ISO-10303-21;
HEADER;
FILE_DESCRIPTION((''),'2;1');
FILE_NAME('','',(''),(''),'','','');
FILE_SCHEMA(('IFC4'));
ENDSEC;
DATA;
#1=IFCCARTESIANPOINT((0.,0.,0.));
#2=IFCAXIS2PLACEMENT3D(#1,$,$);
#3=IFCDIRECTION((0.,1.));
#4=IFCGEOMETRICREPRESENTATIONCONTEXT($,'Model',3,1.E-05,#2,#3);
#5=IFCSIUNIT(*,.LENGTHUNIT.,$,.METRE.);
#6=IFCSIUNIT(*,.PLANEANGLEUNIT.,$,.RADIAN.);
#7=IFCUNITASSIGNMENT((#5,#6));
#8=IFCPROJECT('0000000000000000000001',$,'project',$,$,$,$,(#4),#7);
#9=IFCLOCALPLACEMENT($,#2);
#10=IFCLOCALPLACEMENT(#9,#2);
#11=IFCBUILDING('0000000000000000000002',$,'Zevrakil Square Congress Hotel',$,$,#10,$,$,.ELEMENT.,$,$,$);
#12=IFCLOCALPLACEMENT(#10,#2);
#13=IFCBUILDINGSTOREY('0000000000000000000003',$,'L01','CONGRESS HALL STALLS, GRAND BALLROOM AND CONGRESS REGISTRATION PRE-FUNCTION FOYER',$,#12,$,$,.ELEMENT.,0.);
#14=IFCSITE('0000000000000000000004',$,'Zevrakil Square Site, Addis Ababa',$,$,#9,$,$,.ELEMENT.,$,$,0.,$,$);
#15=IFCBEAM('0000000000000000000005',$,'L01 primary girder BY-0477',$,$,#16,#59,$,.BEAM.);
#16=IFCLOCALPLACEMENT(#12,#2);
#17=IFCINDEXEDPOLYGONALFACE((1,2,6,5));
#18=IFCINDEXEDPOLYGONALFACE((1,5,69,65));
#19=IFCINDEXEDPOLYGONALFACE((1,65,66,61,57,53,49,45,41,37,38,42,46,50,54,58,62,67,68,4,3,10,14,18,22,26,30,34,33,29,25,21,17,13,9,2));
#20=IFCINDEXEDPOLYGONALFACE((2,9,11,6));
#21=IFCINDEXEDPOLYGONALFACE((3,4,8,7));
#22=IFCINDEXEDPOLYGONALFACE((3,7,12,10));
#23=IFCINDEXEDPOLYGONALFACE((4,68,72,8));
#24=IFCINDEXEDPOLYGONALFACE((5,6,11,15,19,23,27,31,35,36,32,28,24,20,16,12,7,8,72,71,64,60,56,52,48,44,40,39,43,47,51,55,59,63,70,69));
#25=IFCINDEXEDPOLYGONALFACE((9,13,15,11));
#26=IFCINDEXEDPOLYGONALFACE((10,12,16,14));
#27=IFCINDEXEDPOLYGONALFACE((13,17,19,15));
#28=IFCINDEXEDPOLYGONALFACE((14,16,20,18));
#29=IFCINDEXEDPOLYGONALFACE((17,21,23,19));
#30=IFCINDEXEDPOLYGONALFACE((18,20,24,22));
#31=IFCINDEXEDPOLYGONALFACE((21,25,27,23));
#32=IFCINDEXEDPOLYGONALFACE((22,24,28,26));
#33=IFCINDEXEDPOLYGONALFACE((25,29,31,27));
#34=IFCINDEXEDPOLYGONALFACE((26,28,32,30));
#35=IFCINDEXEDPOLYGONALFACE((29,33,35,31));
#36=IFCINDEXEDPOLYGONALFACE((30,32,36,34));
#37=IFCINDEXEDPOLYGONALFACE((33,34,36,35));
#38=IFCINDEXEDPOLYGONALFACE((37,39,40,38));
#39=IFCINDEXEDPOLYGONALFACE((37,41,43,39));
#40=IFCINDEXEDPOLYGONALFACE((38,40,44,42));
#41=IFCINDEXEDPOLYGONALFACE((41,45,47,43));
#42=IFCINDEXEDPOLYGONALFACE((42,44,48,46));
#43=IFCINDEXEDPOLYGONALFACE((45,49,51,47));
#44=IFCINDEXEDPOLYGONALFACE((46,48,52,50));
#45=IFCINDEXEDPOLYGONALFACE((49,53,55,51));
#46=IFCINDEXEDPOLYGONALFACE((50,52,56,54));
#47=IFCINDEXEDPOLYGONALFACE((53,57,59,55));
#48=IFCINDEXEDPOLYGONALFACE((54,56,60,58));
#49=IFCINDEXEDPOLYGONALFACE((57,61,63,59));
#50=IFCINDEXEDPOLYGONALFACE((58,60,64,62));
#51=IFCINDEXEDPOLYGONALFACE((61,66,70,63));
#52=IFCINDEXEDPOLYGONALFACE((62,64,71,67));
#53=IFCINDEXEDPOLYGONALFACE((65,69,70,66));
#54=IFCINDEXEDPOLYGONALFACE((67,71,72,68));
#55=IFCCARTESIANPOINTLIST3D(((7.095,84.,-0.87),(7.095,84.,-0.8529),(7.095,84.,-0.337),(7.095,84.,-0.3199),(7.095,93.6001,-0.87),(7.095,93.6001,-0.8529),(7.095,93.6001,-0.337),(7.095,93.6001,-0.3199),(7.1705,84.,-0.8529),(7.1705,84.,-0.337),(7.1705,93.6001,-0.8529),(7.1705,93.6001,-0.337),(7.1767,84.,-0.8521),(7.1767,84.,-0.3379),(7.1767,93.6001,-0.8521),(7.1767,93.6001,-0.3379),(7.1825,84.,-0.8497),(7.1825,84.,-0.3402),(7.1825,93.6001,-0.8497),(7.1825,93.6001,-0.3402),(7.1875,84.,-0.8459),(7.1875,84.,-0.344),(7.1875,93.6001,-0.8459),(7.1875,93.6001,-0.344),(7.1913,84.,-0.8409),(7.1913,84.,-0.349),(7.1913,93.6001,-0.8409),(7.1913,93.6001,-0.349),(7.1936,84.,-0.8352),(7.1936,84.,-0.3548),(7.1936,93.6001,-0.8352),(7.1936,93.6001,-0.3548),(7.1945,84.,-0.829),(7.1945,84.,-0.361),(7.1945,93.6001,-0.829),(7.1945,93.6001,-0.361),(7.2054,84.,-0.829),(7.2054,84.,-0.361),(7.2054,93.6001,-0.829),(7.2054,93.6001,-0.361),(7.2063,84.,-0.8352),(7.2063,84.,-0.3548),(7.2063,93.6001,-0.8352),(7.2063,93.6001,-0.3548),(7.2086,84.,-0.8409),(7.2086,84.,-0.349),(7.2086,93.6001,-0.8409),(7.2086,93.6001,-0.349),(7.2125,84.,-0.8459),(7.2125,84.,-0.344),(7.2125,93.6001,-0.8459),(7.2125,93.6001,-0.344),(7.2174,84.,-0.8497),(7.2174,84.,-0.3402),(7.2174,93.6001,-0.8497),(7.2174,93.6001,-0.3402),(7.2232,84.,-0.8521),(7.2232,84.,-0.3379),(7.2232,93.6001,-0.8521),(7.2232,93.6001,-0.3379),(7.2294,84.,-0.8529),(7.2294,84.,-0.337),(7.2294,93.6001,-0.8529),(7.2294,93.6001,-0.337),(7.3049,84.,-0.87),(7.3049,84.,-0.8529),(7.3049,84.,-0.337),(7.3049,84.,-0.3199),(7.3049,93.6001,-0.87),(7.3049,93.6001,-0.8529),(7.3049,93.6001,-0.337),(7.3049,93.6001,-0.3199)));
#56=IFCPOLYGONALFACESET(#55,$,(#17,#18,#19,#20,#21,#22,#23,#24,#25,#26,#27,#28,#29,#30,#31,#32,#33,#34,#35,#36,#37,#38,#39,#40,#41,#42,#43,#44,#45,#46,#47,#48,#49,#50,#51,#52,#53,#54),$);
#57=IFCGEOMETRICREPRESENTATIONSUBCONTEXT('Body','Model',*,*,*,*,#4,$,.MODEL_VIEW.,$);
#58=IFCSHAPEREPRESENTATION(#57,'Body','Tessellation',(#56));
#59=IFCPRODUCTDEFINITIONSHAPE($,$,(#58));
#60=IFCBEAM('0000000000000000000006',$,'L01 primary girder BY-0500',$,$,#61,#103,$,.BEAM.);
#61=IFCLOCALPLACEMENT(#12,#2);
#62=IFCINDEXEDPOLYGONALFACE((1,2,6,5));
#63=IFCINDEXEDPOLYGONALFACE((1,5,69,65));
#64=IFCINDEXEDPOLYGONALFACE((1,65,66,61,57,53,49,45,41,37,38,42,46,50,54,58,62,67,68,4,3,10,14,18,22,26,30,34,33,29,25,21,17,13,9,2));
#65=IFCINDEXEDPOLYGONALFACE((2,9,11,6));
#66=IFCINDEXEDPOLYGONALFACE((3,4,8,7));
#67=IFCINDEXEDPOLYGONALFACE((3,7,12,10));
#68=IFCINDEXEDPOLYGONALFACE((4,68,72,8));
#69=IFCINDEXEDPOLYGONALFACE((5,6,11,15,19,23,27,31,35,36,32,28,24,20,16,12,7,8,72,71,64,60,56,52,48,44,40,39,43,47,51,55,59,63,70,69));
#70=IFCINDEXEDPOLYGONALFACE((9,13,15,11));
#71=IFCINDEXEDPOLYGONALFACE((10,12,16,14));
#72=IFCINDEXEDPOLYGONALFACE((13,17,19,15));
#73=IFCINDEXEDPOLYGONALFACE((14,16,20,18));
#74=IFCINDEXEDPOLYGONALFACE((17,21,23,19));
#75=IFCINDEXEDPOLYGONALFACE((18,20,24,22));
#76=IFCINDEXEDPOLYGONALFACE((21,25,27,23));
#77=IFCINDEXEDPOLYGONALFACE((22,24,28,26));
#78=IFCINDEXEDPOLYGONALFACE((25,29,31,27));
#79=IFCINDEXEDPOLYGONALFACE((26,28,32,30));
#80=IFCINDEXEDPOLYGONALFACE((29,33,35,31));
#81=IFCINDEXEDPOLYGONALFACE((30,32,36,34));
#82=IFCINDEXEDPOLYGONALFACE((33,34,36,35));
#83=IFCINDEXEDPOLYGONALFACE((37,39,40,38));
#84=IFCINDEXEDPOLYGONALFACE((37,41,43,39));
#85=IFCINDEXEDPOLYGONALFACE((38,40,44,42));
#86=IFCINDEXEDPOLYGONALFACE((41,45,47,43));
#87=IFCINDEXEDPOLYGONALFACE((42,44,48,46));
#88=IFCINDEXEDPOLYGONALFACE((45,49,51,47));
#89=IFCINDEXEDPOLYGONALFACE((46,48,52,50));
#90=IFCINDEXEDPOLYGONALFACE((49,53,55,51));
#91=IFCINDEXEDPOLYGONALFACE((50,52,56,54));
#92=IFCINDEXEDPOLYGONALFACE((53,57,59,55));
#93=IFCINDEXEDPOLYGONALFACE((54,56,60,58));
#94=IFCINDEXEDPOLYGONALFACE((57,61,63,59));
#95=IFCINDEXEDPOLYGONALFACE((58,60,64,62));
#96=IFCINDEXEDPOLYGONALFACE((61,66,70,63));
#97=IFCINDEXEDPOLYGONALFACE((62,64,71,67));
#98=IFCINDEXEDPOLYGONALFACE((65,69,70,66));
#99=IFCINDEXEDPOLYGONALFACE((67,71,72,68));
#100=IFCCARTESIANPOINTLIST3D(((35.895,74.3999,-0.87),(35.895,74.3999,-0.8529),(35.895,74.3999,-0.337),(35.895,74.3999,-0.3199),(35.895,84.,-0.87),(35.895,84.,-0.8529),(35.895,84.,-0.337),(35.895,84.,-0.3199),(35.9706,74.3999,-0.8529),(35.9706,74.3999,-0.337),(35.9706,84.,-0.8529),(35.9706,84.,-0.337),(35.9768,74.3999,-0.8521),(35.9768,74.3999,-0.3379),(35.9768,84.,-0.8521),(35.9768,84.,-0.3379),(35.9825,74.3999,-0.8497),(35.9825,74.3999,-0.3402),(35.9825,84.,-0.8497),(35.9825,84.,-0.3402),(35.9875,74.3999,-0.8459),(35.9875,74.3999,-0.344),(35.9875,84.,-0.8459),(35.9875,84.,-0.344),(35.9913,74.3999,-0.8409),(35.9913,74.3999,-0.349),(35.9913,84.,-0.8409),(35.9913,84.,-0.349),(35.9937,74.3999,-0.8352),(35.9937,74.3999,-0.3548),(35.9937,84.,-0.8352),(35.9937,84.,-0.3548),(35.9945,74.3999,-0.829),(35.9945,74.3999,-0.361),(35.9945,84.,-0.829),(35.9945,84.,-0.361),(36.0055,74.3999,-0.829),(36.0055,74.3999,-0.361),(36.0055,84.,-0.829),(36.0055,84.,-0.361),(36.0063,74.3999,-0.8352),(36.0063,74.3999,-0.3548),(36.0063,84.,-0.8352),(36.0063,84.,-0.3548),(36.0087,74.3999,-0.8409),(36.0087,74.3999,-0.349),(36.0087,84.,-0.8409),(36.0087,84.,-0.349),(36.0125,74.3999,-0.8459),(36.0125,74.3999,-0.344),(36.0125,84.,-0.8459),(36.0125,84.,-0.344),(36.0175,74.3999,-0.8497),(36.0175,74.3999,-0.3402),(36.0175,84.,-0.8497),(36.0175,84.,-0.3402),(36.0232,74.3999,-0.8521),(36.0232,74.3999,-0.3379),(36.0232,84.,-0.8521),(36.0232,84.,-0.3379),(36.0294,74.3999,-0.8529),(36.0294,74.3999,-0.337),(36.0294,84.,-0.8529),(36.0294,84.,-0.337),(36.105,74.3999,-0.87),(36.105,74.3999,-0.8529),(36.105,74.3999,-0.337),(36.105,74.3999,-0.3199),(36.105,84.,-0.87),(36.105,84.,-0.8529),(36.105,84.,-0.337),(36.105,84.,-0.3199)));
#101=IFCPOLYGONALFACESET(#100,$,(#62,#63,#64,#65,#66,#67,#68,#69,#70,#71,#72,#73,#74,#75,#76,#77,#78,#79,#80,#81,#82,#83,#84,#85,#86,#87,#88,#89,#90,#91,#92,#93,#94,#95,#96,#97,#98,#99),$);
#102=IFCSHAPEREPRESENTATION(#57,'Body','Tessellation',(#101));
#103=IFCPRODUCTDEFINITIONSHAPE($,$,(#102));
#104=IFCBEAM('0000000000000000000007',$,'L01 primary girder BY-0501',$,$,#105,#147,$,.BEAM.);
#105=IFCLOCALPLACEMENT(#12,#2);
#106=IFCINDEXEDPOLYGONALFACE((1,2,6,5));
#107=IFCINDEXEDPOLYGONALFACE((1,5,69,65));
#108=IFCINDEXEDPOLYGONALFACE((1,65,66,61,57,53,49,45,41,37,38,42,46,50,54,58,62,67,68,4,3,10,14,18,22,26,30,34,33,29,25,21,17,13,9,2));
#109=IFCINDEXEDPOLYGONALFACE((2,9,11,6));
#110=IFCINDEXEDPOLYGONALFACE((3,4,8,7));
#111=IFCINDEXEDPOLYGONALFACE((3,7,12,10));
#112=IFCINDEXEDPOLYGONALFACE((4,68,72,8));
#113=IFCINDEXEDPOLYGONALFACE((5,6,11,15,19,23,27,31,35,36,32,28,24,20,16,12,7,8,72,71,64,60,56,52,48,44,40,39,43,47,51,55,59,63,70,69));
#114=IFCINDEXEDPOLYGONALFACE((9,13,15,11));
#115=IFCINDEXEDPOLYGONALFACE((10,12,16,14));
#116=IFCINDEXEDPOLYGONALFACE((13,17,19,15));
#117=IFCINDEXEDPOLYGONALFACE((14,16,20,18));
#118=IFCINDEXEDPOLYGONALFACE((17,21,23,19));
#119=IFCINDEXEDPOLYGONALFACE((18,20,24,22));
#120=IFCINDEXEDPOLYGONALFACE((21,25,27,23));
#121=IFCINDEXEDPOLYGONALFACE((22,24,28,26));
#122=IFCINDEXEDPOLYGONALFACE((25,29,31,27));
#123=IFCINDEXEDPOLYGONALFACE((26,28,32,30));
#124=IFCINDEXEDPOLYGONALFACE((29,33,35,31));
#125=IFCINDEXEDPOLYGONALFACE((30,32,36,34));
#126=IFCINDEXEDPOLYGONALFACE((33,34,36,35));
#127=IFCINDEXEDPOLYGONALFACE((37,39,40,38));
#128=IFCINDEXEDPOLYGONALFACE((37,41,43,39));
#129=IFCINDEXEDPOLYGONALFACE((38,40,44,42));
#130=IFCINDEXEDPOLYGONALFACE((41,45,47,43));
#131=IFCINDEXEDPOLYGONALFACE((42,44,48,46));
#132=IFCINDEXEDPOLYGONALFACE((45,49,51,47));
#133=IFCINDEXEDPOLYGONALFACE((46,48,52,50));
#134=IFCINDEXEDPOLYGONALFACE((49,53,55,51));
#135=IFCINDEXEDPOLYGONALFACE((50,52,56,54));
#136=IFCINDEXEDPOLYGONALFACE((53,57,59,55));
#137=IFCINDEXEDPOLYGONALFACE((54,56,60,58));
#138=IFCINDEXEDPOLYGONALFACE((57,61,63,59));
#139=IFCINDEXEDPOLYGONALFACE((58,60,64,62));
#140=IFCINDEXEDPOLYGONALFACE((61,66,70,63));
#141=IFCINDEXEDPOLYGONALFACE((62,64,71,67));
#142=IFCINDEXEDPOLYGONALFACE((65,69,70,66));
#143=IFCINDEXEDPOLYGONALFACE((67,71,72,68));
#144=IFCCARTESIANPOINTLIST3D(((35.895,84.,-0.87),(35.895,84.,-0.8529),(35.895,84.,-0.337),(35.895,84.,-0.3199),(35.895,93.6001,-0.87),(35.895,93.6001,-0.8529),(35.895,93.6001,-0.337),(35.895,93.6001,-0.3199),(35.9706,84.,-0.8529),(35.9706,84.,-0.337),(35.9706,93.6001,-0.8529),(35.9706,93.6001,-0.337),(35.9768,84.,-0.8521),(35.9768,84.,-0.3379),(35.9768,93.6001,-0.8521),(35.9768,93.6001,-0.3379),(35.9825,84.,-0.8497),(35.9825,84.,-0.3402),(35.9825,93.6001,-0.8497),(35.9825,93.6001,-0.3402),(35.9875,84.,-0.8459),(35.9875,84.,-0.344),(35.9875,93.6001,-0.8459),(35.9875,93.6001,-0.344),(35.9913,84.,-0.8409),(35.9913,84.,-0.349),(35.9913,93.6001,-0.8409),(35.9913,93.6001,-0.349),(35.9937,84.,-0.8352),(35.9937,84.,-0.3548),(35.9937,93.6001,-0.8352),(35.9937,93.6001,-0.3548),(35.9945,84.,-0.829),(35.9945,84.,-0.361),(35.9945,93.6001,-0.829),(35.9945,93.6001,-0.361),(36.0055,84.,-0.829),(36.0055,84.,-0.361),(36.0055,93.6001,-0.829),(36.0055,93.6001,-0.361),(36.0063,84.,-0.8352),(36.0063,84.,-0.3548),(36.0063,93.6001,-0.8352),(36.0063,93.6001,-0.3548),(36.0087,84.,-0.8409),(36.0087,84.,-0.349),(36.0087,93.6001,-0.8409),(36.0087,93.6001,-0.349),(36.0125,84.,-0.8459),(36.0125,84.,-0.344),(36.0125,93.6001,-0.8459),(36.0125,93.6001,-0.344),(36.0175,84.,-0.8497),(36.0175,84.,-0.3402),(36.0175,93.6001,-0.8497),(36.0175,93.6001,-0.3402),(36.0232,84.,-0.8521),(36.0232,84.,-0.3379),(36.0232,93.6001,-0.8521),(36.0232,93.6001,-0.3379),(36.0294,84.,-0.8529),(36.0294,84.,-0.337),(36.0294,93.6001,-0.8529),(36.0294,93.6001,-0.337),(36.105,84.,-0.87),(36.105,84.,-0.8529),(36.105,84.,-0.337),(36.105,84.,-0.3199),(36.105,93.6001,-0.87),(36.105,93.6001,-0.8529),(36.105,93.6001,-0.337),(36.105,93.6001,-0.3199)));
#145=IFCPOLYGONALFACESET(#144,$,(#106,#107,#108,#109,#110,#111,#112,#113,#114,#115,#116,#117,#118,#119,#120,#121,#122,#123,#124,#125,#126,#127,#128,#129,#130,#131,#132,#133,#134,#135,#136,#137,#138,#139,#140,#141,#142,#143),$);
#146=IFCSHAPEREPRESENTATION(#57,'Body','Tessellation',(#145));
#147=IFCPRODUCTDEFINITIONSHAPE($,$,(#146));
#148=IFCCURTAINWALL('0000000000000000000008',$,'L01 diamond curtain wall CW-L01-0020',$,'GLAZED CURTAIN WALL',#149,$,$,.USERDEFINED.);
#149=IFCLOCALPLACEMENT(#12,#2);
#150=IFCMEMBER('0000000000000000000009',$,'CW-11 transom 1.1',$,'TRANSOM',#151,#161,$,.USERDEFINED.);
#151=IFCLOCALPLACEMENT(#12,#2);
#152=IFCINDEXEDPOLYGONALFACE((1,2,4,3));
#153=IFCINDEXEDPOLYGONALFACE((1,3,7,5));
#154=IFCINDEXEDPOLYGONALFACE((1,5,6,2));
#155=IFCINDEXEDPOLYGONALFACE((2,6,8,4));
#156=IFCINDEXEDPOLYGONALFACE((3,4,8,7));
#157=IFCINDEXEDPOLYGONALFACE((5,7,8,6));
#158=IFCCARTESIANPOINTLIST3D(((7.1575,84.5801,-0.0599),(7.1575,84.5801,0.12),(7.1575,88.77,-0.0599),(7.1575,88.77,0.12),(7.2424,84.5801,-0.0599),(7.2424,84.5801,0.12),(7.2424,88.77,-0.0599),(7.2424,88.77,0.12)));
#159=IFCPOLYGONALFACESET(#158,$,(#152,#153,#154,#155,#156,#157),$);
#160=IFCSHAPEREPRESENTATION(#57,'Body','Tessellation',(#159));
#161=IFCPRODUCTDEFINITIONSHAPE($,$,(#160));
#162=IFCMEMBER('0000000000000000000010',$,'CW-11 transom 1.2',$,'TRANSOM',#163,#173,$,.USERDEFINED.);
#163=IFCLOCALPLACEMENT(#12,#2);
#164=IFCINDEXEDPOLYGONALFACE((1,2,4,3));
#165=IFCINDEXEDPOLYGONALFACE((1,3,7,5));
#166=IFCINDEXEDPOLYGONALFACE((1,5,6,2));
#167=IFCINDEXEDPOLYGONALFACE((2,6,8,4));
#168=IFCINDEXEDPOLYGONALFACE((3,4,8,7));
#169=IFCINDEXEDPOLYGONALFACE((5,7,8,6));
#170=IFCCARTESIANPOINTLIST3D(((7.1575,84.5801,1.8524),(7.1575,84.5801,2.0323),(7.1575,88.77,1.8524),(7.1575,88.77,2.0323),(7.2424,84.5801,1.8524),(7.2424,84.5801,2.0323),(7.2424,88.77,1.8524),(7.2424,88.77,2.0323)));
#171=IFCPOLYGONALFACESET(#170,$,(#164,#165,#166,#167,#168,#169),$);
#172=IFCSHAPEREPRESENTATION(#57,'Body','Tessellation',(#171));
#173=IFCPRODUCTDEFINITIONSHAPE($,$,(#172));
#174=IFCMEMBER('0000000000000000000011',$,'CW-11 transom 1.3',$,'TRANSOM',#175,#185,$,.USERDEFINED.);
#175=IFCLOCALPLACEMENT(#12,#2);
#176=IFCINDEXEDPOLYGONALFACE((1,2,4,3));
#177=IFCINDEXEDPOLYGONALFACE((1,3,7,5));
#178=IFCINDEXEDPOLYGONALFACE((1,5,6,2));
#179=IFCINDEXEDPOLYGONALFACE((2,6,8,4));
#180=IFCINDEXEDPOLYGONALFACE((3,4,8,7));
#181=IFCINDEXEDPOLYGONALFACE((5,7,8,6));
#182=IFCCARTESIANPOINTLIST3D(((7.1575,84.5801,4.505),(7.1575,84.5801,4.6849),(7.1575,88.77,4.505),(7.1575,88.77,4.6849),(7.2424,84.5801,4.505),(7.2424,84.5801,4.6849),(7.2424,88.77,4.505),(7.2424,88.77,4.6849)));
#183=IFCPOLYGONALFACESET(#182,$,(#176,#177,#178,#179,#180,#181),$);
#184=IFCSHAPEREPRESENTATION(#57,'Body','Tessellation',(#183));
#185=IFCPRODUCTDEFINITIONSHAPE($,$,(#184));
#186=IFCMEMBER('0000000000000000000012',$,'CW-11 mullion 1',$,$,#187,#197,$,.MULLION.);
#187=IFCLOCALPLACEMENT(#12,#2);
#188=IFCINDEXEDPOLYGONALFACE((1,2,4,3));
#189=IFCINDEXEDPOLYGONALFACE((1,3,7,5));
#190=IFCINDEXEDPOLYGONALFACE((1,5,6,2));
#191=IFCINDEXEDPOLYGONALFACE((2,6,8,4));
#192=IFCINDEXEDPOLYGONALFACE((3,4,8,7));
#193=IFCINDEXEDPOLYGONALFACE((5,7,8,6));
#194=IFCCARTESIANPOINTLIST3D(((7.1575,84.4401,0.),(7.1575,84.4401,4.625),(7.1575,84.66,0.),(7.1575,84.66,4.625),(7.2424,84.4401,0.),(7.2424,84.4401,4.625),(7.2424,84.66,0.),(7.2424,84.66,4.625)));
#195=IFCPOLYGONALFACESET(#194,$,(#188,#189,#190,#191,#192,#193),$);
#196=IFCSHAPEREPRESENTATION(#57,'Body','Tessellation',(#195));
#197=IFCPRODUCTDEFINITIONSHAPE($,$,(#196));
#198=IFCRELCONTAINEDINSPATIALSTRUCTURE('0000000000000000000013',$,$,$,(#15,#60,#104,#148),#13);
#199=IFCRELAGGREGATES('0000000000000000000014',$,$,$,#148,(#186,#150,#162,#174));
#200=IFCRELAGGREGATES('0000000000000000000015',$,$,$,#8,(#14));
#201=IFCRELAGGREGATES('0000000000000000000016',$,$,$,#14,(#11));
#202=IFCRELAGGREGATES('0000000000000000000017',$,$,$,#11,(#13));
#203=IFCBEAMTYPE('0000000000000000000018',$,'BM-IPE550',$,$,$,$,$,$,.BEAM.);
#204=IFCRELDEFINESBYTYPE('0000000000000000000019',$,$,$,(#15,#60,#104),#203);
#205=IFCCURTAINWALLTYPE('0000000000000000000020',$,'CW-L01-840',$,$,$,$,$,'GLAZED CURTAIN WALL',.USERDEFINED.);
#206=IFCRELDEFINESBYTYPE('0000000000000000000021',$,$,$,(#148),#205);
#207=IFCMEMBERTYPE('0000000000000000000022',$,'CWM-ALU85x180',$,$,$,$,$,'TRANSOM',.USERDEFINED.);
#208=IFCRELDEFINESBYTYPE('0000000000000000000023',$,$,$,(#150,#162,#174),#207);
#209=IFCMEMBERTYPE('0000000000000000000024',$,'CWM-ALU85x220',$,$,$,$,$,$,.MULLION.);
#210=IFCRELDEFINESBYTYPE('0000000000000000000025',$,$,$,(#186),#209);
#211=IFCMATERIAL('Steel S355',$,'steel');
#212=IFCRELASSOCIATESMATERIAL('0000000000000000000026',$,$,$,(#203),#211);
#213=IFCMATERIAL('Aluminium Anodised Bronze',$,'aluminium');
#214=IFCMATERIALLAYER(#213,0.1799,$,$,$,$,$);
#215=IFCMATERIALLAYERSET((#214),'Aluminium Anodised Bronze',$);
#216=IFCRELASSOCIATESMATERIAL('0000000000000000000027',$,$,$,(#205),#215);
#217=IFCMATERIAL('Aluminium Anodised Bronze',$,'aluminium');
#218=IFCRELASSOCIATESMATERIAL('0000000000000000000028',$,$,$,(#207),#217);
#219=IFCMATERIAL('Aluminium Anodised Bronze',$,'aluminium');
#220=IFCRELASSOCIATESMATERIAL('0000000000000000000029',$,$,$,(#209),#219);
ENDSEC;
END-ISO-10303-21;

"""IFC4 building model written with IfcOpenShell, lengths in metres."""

from ifc_helpers import new_model, si_unit, direction, frame, origin, origin_2d, place, context, subcontext, project, spatial, rectangle, i_section, extrude, material, layer, layer_set, material_profile, profile_set, type_object, element, aggregate, save


model = new_model("IFC4")

# Units and contexts
model_context = context("Model", 3, precision=1e-05, world=origin(), true_north=direction((0.0, 1.0)))
body_context = subcontext(model_context, "Body", "Model", "MODEL_VIEW")
ifc_project = project(units=[si_unit("LENGTHUNIT", "METRE"), si_unit("PLANEANGLEUNIT", "RADIAN")], contexts=[model_context])

# Site, building, storey
site_placement = place(None, origin())
site = spatial("IfcSite", under=ifc_project, at=site_placement, Name="Zevrakil Square Site, Addis Ababa", CompositionType="ELEMENT", RefElevation=0.0)
building_placement = place(site_placement, origin())
building = spatial("IfcBuilding", under=site, at=building_placement, Name="Zevrakil Square Congress Hotel", CompositionType="ELEMENT")
storey_placement = place(building_placement, origin())
storey = spatial("IfcBuildingStorey", under=building, at=storey_placement, Name="L01", Description="CONGRESS HALL STALLS, GRAND BALLROOM AND CONGRESS REGISTRATION PRE-FUNCTION FOYER", CompositionType="ELEMENT", Elevation=0.0)

# Beams
ifc_material_1 = material(Name="Steel S355", Category="steel")
ifc_material_profile_1 = material_profile(ifc_material_1, i_section(OverallWidth=0.21, OverallDepth=0.55, WebThickness=0.011, FlangeThickness=0.0171, FilletRadius=0.0239, at=origin_2d()), Name="IPE 550")
ifc_profile_set_1 = profile_set([ifc_material_profile_1], Name="Steel S355")
beam_type_1 = type_object("IfcBeamType", Name="BM-IPE550", PredefinedType="BEAM", material=ifc_profile_set_1)
for number, where, z_axis, x_axis, name in (
    (1, (7.2, 84.0, -0.595), (0.0, 1.0, 0.0), (-1.0, 0.0, 0.0), "L01 primary girder BY-0477"),
    (2, (36.0, 74.3999, -0.595), (0.0, 1.0, 0.0), (-1.0, 0.0, 0.0), "L01 primary girder BY-0500"),
    (3, (36.0, 84.0, -0.595), (0.0, 1.0, 0.0), (-1.0, 0.0, 0.0), "L01 primary girder BY-0501"),
):
    element("IfcBeam", number, at=place(storey_placement, frame(where, z_axis=z_axis, x_axis=x_axis)), inside=storey, type_object=beam_type_1, Name=name, PredefinedType="BEAM", context=body_context, shape_type="SweptSolid", body=[
        extrude(i_section(OverallWidth=0.21, OverallDepth=0.55, WebThickness=0.011, FlangeThickness=0.0171, FilletRadius=0.0239, at=origin_2d()), origin(), (0.0, 0.0, 1.0), 9.6001),
    ])

# Curtain wall, members
ifc_material_2 = material(Name="Aluminium Anodised Bronze", Category="aluminium")
ifc_layer_1 = layer(ifc_material_2, 0.1799)
ifc_layer_set_1 = layer_set([ifc_layer_1], Name="Aluminium Anodised Bronze")
curtain_wall_type = type_object("IfcCurtainWallType", Name="CW-L01-840", ElementType="GLAZED CURTAIN WALL", PredefinedType="USERDEFINED", material=ifc_layer_set_1)
curtain_wall_placement = place(storey_placement, origin())
curtain_wall = element("IfcCurtainWall", 4, at=curtain_wall_placement, inside=storey, type_object=curtain_wall_type, Name="L01 diamond curtain wall CW-L01-0020", ObjectType="GLAZED CURTAIN WALL", PredefinedType="USERDEFINED")
ifc_material_3 = material(Name="Aluminium Anodised Bronze", Category="aluminium")
ifc_material_profile_2 = material_profile(ifc_material_3, rectangle(XDim=0.085, YDim=0.1799, at=origin_2d()), Name="ALU 85x180")
ifc_profile_set_2 = profile_set([ifc_material_profile_2], Name="Aluminium Anodised Bronze")
member_type_1 = type_object("IfcMemberType", Name="CWM-ALU85x180", ElementType="TRANSOM", PredefinedType="USERDEFINED", material=ifc_profile_set_2)
member_1_placement = place(storey_placement, frame((7.2, 84.5801, 0.03), z_axis=(0.0, 1.0, 0.0), x_axis=(-1.0, 0.0, 0.0)))
member_1 = element("IfcMember", 5, at=member_1_placement, type_object=member_type_1, Name="CW-11 transom 1.1", ObjectType="TRANSOM", PredefinedType="USERDEFINED", context=body_context, shape_type="SweptSolid", body=[
    extrude(rectangle(XDim=0.085, YDim=0.1799, at=origin_2d()), origin(), (0.0, 0.0, 1.0), 4.1899),
])
member_2_placement = place(storey_placement, frame((7.2, 84.5801, 1.9424), z_axis=(0.0, 1.0, 0.0), x_axis=(-1.0, 0.0, 0.0)))
member_2 = element("IfcMember", 6, at=member_2_placement, type_object=member_type_1, Name="CW-11 transom 1.2", ObjectType="TRANSOM", PredefinedType="USERDEFINED", context=body_context, shape_type="SweptSolid", body=[
    extrude(rectangle(XDim=0.085, YDim=0.1799, at=origin_2d()), origin(), (0.0, 0.0, 1.0), 4.1899),
])
member_3_placement = place(storey_placement, frame((7.2, 84.5801, 4.595), z_axis=(0.0, 1.0, 0.0), x_axis=(-1.0, 0.0, 0.0)))
member_3 = element("IfcMember", 7, at=member_3_placement, type_object=member_type_1, Name="CW-11 transom 1.3", ObjectType="TRANSOM", PredefinedType="USERDEFINED", context=body_context, shape_type="SweptSolid", body=[
    extrude(rectangle(XDim=0.085, YDim=0.1799, at=origin_2d()), origin(), (0.0, 0.0, 1.0), 4.1899),
])
ifc_material_4 = material(Name="Aluminium Anodised Bronze", Category="aluminium")
ifc_material_profile_3 = material_profile(ifc_material_4, rectangle(XDim=0.085, YDim=0.22, at=origin_2d()), Name="ALU 85x220")
ifc_profile_set_3 = profile_set([ifc_material_profile_3], Name="Aluminium Anodised Bronze")
member_type_2 = type_object("IfcMemberType", Name="CWM-ALU85x220", PredefinedType="MULLION", material=ifc_profile_set_3)
member_4_placement = place(storey_placement, frame((7.2, 84.55, 0.0), z_axis=(0.0, 0.0, 1.0), x_axis=(-1.0, 0.0, 0.0)))
member_4 = element("IfcMember", 8, at=member_4_placement, type_object=member_type_2, Name="CW-11 mullion 1", PredefinedType="MULLION", context=body_context, shape_type="SweptSolid", body=[
    extrude(rectangle(XDim=0.085, YDim=0.22, at=origin_2d()), origin(), (0.0, 0.0, 1.0), 4.625),
])
aggregate(curtain_wall, [member_4, member_1, member_2, member_3])

save(model, "model.ifc")
